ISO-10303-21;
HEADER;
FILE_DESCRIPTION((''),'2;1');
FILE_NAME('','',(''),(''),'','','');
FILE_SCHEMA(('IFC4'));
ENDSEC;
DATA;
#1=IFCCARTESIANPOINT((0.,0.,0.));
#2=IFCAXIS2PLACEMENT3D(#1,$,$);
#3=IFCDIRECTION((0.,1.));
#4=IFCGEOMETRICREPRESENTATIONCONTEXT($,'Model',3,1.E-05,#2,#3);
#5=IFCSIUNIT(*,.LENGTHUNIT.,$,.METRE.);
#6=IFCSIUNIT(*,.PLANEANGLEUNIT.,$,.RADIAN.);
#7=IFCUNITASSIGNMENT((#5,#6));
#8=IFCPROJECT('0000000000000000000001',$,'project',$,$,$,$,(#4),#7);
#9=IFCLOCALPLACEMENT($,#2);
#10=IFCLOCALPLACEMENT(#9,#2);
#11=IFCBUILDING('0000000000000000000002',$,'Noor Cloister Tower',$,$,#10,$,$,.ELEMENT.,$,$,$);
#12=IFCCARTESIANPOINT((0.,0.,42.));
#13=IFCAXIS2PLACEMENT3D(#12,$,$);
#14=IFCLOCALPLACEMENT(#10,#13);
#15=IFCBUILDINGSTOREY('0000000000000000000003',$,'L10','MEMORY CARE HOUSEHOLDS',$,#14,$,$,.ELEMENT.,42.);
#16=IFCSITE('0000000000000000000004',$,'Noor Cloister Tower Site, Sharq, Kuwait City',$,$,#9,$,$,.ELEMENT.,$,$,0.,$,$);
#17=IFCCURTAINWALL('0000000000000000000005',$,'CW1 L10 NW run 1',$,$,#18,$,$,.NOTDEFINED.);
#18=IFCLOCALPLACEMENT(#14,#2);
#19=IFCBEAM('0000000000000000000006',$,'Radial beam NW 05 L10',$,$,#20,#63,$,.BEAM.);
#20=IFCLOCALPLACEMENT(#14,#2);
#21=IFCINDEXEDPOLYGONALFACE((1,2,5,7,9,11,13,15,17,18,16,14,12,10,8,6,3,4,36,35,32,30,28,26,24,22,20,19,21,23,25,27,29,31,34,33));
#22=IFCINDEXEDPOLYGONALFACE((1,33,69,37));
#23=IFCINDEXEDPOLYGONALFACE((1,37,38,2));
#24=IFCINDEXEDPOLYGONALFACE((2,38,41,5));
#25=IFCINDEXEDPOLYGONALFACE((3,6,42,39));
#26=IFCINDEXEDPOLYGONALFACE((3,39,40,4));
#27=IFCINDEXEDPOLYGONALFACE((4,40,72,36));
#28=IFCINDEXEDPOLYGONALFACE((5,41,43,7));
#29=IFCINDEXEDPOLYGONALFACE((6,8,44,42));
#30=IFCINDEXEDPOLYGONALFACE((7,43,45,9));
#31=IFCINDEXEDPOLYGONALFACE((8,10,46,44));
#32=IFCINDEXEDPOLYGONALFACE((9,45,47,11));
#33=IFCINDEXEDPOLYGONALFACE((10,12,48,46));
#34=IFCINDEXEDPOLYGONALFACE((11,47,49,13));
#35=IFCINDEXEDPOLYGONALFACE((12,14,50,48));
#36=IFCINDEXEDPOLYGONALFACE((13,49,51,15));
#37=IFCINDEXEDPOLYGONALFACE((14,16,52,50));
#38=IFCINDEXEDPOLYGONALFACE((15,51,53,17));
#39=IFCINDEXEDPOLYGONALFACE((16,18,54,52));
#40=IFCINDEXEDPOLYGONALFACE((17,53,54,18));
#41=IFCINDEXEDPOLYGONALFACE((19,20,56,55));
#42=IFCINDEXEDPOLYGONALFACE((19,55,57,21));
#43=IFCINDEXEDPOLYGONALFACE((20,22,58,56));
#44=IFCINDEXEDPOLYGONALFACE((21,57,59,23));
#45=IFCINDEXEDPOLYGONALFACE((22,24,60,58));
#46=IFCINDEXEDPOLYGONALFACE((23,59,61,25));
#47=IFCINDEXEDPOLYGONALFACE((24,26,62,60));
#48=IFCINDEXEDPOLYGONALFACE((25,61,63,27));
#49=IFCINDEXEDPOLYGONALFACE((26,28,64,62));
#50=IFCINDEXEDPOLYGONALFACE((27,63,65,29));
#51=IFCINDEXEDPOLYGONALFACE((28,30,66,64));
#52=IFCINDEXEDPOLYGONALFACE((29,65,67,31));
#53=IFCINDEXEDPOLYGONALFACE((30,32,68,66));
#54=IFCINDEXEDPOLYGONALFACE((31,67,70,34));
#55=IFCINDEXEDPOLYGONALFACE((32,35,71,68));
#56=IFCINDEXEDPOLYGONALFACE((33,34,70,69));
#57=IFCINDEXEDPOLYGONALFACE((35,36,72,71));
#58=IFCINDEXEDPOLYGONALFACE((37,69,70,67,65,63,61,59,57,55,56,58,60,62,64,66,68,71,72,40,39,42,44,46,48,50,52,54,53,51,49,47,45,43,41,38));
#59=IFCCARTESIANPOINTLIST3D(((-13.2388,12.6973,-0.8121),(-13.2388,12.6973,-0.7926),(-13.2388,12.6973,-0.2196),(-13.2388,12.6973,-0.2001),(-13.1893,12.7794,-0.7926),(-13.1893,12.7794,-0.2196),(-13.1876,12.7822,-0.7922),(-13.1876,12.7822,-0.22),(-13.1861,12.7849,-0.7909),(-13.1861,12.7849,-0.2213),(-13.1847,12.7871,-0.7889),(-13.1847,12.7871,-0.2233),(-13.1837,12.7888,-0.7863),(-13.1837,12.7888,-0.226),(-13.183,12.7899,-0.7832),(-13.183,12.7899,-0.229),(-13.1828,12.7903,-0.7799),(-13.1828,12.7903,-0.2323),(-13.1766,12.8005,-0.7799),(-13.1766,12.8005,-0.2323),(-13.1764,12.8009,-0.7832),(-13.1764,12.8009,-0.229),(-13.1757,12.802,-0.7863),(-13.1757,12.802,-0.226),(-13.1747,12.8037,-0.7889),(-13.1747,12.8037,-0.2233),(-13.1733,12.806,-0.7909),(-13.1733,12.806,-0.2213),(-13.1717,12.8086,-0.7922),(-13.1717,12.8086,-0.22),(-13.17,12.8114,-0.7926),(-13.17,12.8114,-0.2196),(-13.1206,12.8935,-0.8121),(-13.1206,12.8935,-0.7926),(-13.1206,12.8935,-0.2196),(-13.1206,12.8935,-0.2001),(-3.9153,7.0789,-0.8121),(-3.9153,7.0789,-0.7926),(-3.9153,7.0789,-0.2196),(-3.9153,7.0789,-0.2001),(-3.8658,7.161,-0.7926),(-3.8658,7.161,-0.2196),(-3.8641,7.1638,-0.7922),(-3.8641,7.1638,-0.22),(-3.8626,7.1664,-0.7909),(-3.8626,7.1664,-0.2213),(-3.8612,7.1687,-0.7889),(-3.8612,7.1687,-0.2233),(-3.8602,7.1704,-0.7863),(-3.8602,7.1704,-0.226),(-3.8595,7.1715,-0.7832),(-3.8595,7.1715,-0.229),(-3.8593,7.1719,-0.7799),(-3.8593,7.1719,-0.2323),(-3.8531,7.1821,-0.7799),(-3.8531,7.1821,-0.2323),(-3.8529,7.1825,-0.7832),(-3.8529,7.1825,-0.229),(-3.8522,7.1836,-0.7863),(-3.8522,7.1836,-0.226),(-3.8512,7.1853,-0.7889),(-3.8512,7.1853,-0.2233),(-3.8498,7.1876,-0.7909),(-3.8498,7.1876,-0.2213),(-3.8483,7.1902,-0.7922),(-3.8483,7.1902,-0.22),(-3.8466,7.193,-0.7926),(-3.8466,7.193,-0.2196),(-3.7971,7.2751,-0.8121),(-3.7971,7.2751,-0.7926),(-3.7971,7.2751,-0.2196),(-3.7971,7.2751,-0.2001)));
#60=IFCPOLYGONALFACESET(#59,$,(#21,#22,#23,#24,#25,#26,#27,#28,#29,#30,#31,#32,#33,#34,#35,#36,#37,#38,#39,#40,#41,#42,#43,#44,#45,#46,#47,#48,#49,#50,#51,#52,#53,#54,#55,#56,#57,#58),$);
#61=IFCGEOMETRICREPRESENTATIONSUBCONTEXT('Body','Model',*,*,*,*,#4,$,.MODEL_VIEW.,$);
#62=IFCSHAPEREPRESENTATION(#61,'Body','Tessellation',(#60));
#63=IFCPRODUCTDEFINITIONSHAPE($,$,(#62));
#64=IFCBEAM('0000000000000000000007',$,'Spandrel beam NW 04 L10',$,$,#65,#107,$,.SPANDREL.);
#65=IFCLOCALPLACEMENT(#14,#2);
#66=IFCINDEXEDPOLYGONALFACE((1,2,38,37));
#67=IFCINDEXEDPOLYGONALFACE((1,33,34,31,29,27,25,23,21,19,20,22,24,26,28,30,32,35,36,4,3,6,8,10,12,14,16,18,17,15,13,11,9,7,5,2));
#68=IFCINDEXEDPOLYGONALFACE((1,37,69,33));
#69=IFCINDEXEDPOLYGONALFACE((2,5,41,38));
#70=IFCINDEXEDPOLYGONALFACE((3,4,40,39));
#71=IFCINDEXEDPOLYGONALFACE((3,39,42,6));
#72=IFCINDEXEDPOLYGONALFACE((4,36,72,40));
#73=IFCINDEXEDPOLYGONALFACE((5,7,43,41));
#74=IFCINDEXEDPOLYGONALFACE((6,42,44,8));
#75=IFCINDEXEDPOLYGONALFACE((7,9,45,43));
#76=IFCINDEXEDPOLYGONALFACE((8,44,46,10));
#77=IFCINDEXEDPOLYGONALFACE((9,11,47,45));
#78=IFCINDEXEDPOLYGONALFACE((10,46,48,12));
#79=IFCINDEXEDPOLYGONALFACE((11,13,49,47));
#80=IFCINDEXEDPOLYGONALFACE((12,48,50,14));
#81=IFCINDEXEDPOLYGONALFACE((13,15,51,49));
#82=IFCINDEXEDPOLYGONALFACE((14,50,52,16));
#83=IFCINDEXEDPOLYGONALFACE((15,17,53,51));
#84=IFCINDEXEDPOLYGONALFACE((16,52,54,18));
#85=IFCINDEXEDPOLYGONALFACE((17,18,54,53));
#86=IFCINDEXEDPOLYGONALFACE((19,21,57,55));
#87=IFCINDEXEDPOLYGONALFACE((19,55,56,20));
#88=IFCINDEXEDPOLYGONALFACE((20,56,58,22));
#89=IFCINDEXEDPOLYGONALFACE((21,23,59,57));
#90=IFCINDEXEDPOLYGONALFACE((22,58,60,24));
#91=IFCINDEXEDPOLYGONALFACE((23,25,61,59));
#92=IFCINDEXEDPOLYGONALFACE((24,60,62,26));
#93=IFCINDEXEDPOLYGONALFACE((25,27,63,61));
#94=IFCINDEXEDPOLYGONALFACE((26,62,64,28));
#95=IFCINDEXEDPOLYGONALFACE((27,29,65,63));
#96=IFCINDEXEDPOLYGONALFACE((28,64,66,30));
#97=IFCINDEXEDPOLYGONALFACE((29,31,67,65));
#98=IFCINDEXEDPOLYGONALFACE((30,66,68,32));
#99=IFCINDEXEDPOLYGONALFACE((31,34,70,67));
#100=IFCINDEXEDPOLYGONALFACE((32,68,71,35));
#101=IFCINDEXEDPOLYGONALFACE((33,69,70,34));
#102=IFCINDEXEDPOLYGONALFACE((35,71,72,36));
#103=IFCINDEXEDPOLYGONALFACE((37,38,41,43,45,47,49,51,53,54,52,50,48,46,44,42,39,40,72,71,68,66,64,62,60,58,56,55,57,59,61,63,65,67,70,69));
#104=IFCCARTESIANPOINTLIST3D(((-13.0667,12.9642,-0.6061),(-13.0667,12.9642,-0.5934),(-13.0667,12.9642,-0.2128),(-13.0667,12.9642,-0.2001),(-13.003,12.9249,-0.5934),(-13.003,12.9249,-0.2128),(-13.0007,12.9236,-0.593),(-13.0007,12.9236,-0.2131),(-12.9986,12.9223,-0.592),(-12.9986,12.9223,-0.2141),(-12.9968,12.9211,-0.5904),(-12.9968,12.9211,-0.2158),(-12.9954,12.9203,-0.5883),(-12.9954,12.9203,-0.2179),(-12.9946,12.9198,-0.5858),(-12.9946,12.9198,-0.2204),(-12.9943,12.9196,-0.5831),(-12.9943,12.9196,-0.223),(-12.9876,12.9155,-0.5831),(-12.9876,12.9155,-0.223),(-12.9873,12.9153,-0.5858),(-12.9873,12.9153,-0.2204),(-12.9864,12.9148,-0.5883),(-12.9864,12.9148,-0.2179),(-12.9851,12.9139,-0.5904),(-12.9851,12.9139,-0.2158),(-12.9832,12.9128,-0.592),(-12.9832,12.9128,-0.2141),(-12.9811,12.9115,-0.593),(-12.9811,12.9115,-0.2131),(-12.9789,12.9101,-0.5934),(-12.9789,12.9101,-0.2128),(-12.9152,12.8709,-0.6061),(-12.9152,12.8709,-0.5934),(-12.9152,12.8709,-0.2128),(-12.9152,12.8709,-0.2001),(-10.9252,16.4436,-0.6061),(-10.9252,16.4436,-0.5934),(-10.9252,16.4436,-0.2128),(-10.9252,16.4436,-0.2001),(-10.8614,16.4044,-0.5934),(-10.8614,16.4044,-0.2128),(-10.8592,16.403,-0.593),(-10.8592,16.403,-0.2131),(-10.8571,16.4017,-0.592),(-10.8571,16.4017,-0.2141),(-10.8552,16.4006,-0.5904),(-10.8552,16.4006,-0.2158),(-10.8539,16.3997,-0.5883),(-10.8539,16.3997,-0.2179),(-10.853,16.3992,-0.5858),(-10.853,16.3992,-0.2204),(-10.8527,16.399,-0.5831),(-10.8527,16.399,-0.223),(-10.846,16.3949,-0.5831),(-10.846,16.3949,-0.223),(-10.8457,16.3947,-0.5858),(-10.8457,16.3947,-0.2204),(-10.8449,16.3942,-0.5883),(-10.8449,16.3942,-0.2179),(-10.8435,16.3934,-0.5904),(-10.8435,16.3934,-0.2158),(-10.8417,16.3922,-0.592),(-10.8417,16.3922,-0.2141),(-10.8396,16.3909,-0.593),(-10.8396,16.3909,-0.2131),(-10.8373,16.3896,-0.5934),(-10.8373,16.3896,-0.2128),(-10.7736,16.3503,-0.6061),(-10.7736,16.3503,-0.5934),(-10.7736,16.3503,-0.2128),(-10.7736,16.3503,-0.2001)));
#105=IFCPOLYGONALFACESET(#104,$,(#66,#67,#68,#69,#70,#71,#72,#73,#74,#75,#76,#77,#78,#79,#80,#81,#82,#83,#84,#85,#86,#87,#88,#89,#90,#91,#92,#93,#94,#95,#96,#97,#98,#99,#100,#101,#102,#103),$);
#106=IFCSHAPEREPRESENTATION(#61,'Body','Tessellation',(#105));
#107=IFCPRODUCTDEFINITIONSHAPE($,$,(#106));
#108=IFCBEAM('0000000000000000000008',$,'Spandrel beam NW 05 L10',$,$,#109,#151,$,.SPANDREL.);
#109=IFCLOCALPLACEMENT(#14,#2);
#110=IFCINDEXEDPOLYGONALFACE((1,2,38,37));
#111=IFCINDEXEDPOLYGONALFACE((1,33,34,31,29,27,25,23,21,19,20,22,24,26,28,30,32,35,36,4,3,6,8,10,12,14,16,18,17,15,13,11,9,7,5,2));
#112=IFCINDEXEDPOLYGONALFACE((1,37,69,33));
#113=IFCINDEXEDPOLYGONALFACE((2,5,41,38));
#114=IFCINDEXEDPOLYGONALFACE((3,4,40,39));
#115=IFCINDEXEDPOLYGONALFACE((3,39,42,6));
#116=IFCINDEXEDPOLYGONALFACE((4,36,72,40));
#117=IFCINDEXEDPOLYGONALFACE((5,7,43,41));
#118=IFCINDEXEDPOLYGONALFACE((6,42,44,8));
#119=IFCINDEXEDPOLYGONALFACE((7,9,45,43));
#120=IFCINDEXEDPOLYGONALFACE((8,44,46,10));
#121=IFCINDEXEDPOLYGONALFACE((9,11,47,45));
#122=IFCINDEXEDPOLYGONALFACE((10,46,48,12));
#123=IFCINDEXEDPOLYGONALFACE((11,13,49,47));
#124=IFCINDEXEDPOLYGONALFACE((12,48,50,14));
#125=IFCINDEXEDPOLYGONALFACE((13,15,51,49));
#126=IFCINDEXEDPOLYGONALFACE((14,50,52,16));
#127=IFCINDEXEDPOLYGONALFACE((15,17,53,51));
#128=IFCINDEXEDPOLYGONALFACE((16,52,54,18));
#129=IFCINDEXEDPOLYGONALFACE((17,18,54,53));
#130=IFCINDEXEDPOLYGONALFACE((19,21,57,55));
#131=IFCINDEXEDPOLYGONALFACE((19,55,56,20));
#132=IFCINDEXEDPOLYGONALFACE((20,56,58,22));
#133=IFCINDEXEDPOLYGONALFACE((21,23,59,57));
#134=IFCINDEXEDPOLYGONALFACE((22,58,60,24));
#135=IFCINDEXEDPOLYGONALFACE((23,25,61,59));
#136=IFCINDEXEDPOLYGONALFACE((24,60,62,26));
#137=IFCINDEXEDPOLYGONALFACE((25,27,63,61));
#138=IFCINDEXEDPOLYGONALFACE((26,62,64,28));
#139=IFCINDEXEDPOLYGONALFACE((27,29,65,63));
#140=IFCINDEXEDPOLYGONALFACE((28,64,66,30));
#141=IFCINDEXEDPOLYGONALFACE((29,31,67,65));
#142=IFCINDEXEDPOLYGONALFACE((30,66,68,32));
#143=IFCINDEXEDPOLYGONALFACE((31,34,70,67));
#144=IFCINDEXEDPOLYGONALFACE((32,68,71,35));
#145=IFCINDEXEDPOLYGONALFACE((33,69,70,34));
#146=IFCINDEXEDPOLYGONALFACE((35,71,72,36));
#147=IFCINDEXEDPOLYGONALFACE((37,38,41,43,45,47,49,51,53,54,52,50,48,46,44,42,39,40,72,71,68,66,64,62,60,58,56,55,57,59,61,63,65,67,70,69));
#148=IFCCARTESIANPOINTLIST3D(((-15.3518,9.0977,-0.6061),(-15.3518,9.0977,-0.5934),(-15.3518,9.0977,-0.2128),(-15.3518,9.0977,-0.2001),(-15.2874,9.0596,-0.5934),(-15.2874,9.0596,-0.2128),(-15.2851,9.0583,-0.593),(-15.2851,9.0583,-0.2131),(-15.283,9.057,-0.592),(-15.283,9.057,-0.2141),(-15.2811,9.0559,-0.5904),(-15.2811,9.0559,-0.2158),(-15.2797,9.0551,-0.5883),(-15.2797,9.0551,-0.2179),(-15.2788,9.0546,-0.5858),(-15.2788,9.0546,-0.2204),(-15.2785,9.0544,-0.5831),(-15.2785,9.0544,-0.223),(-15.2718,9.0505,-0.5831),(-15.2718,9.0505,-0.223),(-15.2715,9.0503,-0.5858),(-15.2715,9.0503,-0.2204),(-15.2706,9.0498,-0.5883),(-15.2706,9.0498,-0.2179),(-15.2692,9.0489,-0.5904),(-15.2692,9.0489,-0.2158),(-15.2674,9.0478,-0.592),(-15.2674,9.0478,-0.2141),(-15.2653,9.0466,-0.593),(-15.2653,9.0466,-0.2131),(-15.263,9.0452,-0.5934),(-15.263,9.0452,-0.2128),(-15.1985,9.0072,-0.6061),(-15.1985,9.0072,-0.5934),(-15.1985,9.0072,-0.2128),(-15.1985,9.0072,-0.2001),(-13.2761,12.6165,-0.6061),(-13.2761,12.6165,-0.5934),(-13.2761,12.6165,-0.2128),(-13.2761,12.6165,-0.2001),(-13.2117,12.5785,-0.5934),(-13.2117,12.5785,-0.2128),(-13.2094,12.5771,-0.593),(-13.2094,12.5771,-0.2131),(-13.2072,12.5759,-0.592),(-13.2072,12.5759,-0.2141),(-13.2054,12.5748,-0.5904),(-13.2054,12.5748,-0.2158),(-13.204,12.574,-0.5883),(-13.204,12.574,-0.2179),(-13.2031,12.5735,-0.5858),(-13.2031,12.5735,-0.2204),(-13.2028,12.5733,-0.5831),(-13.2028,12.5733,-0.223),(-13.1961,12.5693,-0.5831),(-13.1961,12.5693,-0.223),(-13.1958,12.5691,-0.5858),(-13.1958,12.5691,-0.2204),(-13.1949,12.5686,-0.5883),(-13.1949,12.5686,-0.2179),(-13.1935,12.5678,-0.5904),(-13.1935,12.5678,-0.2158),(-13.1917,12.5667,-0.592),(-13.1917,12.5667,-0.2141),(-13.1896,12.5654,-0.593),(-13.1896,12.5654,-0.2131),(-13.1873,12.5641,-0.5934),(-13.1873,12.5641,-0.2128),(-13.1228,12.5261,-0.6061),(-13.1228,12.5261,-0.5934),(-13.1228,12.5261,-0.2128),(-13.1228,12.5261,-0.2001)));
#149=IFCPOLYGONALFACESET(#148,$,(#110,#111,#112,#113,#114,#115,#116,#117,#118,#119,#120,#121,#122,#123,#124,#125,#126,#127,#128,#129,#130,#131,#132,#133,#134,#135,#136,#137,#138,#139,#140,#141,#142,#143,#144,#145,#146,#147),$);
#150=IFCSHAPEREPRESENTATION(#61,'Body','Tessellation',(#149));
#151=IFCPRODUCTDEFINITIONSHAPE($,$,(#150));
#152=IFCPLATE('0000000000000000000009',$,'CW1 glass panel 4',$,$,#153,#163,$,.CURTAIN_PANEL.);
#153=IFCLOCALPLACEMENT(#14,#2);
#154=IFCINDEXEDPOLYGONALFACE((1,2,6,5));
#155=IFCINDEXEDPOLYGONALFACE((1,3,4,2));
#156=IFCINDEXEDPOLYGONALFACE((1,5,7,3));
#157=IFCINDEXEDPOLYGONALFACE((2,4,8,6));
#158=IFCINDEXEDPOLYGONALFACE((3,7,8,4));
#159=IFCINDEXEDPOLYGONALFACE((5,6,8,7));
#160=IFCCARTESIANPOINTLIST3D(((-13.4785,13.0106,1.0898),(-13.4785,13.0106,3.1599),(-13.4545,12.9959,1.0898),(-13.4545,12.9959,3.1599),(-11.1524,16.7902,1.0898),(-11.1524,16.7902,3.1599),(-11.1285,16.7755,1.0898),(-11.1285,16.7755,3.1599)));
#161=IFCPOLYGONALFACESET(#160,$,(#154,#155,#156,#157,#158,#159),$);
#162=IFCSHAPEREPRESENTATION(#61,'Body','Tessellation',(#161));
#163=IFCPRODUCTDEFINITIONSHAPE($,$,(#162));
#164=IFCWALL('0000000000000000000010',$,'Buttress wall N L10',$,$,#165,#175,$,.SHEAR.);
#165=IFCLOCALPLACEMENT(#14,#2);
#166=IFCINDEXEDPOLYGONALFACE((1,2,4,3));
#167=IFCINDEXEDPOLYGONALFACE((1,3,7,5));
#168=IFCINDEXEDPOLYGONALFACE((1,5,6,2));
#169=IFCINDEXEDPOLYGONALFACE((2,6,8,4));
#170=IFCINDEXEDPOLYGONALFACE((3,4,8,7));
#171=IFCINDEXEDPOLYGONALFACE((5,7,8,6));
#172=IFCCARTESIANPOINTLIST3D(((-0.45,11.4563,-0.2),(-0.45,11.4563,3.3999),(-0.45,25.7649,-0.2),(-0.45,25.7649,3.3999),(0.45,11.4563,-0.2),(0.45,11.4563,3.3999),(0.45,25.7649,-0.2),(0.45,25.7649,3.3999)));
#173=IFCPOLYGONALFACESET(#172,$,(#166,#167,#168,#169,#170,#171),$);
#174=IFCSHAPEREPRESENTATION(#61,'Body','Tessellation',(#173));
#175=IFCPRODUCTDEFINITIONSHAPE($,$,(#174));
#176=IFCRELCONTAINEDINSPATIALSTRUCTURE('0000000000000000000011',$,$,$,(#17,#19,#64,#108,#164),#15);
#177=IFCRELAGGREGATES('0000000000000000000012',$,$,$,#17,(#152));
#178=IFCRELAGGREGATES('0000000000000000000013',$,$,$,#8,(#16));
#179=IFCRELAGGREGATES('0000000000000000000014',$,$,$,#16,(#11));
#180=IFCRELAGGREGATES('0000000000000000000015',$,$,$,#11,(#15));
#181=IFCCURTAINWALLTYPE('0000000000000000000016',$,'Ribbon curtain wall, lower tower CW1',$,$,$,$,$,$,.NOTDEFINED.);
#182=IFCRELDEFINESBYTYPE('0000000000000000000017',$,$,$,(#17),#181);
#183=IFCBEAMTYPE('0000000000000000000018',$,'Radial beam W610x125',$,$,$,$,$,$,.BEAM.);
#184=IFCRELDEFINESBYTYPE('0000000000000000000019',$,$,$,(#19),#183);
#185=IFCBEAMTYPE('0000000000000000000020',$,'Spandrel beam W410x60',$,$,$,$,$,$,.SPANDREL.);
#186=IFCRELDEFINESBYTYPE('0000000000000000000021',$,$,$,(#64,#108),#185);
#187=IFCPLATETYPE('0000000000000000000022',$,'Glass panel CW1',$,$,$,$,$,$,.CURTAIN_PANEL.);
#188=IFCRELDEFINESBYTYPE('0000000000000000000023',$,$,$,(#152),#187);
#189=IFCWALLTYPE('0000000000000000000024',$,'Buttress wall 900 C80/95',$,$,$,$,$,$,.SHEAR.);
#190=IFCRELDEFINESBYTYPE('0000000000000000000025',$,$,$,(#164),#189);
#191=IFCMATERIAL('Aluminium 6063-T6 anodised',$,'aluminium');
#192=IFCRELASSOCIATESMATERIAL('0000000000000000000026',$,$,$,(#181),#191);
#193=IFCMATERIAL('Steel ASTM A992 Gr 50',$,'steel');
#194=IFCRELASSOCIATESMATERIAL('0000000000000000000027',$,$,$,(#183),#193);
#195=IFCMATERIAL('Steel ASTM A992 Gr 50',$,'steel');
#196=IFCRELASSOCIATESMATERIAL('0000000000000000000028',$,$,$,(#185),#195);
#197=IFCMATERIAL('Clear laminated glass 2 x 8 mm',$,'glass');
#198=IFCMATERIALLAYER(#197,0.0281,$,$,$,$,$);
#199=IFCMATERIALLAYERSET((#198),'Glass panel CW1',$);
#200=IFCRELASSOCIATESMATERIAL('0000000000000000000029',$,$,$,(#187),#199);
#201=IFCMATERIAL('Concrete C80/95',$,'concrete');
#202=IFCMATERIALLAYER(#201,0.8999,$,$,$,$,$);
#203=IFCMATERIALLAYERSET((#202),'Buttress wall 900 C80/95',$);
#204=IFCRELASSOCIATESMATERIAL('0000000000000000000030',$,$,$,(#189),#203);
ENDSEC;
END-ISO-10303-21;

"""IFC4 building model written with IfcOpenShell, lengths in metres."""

from ifc_helpers import new_model, si_unit, direction, frame, frame_2d, origin, origin_2d, place, context, subcontext, project, spatial, rectangle, i_section, extrude, material, layer, layer_set, material_profile, profile_set, type_object, element, aggregate, save


model = new_model("IFC4")

# Units and contexts
model_context = context("Model", 3, precision=1e-05, world=origin(), true_north=direction((0.0, 1.0)))
body_context = subcontext(model_context, "Body", "Model", "MODEL_VIEW")
ifc_project = project(units=[si_unit("LENGTHUNIT", "METRE"), si_unit("PLANEANGLEUNIT", "RADIAN")], contexts=[model_context])

# Site, building, storey
site_placement = place(None, origin())
site = spatial("IfcSite", under=ifc_project, at=site_placement, Name="Noor Cloister Tower Site, Sharq, Kuwait City", CompositionType="ELEMENT", RefElevation=0.0)
building_placement = place(site_placement, origin())
building = spatial("IfcBuilding", under=site, at=building_placement, Name="Noor Cloister Tower", CompositionType="ELEMENT")
storey_placement = place(building_placement, frame((0.0, 0.0, 42.0)))
storey = spatial("IfcBuildingStorey", under=building, at=storey_placement, Name="L10", Description="MEMORY CARE HOUSEHOLDS", CompositionType="ELEMENT", Elevation=42.0)

# Curtain wall
ifc_material_1 = material(Name="Aluminium 6063-T6 anodised", Category="aluminium")
curtain_wall_type = type_object("IfcCurtainWallType", Name="Ribbon curtain wall, lower tower CW1", PredefinedType="NOTDEFINED", material=ifc_material_1)
curtain_wall_placement = place(storey_placement, origin())
curtain_wall = element("IfcCurtainWall", 1, at=curtain_wall_placement, inside=storey, type_object=curtain_wall_type, Name="CW1 L10 NW run 1", PredefinedType="NOTDEFINED")

# Beams
ifc_material_2 = material(Name="Steel ASTM A992 Gr 50", Category="steel")
ifc_material_profile_1 = material_profile(ifc_material_2, i_section(OverallWidth=0.229, OverallDepth=0.6121, WebThickness=0.012, FlangeThickness=0.0195, FilletRadius=0.0127, at=origin_2d()), Name="W610x125")
ifc_profile_set_1 = profile_set([ifc_material_profile_1], Name="Steel ASTM A992 Gr 50")
beam_type_1 = type_object("IfcBeamType", Name="Radial beam W610x125", PredefinedType="BEAM", material=ifc_profile_set_1)
beam_1_placement = place(storey_placement, frame((-13.1797, 12.7954, -0.5061), z_axis=(0.856506, -0.516137, 0.0), x_axis=(0.516137, 0.856506, 0.0)))
element("IfcBeam", 2, at=beam_1_placement, inside=storey, type_object=beam_type_1, Name="Radial beam NW 05 L10", PredefinedType="BEAM", context=body_context, shape_type="SweptSolid", body=[
    extrude(i_section(OverallWidth=0.229, OverallDepth=0.6121, WebThickness=0.012, FlangeThickness=0.0195, FilletRadius=0.0127, at=origin_2d()), origin(), (0.0, 0.0, 1.0), 10.8855),
])
ifc_material_3 = material(Name="Steel ASTM A992 Gr 50", Category="steel")
ifc_material_profile_2 = material_profile(ifc_material_3, i_section(OverallWidth=0.178, OverallDepth=0.406, WebThickness=0.0078, FlangeThickness=0.0127, FilletRadius=0.0103, at=origin_2d()), Name="W410x60")
ifc_profile_set_2 = profile_set([ifc_material_profile_2], Name="Steel ASTM A992 Gr 50")
beam_type_2 = type_object("IfcBeamType", Name="Spandrel beam W410x60", PredefinedType="SPANDREL", material=ifc_profile_set_2)
beam_2_placement = place(storey_placement, frame((-10.8494, 16.397, -0.4031), z_axis=(-0.524164, -0.851617, 0.0), x_axis=(0.851617, -0.524164, 0.0)))
element("IfcBeam", 3, at=beam_2_placement, inside=storey, type_object=beam_type_2, Name="Spandrel beam NW 04 L10", PredefinedType="SPANDREL", context=body_context, shape_type="SweptSolid", body=[
    extrude(i_section(OverallWidth=0.178, OverallDepth=0.406, WebThickness=0.0078, FlangeThickness=0.0127, FilletRadius=0.0103, at=origin_2d()), origin(), (0.0, 0.0, 1.0), 4.0857),
])
beam_3_placement = place(storey_placement, frame((-13.1995, 12.5713, -0.4031), z_axis=(-0.508075, -0.861313, 0.0), x_axis=(0.861313, -0.508075, 0.0)))
element("IfcBeam", 4, at=beam_3_placement, inside=storey, type_object=beam_type_2, Name="Spandrel beam NW 05 L10", PredefinedType="SPANDREL", context=body_context, shape_type="SweptSolid", body=[
    extrude(i_section(OverallWidth=0.178, OverallDepth=0.406, WebThickness=0.0078, FlangeThickness=0.0127, FilletRadius=0.0103, at=origin_2d()), origin(), (0.0, 0.0, 1.0), 4.0854),
])

# Plate
ifc_material_4 = material(Name="Clear laminated glass 2 x 8 mm", Category="glass")
ifc_layer_1 = layer(ifc_material_4, 0.0281)
ifc_layer_set_1 = layer_set([ifc_layer_1], Name="Glass panel CW1")
plate_type = type_object("IfcPlateType", Name="Glass panel CW1", PredefinedType="CURTAIN_PANEL", material=ifc_layer_set_1)
plate_placement = place(storey_placement, frame((-12.3035, 14.8931, 1.0898), z_axis=(0.0, 0.0, 1.0), x_axis=(-0.524127, -0.85164, 0.0)))
plate = element("IfcPlate", 5, at=plate_placement, type_object=plate_type, Name="CW1 glass panel 4", PredefinedType="CURTAIN_PANEL", context=body_context, shape_type="SweptSolid", body=[
    extrude(rectangle(XDim=4.438, YDim=0.0281, at=origin_2d()), origin(), (0.0, 0.0, 1.0), 2.0701),
])
aggregate(curtain_wall, [plate])

# Wall
ifc_material_5 = material(Name="Concrete C80/95", Category="concrete")
ifc_layer_2 = layer(ifc_material_5, 0.8999)
ifc_layer_set_2 = layer_set([ifc_layer_2], Name="Buttress wall 900 C80/95")
wall_type_1 = type_object("IfcWallType", Name="Buttress wall 900 C80/95", PredefinedType="SHEAR", material=ifc_layer_set_2)
wall_1_placement = place(storey_placement, frame((0.0, 11.4563, -0.2), z_axis=(0.0, 0.0, 1.0), x_axis=(0.0, 1.0, 0.0)))
element("IfcWall", 6, at=wall_1_placement, inside=storey, type_object=wall_type_1, Name="Buttress wall N L10", PredefinedType="SHEAR", context=body_context, shape_type="SweptSolid", body=[
    extrude(rectangle(XDim=14.3086, YDim=0.8999, at=frame_2d((7.1543, 0.0))), origin(), (0.0, 0.0, 1.0), 3.5999),
])

save(model, "model.ifc")
